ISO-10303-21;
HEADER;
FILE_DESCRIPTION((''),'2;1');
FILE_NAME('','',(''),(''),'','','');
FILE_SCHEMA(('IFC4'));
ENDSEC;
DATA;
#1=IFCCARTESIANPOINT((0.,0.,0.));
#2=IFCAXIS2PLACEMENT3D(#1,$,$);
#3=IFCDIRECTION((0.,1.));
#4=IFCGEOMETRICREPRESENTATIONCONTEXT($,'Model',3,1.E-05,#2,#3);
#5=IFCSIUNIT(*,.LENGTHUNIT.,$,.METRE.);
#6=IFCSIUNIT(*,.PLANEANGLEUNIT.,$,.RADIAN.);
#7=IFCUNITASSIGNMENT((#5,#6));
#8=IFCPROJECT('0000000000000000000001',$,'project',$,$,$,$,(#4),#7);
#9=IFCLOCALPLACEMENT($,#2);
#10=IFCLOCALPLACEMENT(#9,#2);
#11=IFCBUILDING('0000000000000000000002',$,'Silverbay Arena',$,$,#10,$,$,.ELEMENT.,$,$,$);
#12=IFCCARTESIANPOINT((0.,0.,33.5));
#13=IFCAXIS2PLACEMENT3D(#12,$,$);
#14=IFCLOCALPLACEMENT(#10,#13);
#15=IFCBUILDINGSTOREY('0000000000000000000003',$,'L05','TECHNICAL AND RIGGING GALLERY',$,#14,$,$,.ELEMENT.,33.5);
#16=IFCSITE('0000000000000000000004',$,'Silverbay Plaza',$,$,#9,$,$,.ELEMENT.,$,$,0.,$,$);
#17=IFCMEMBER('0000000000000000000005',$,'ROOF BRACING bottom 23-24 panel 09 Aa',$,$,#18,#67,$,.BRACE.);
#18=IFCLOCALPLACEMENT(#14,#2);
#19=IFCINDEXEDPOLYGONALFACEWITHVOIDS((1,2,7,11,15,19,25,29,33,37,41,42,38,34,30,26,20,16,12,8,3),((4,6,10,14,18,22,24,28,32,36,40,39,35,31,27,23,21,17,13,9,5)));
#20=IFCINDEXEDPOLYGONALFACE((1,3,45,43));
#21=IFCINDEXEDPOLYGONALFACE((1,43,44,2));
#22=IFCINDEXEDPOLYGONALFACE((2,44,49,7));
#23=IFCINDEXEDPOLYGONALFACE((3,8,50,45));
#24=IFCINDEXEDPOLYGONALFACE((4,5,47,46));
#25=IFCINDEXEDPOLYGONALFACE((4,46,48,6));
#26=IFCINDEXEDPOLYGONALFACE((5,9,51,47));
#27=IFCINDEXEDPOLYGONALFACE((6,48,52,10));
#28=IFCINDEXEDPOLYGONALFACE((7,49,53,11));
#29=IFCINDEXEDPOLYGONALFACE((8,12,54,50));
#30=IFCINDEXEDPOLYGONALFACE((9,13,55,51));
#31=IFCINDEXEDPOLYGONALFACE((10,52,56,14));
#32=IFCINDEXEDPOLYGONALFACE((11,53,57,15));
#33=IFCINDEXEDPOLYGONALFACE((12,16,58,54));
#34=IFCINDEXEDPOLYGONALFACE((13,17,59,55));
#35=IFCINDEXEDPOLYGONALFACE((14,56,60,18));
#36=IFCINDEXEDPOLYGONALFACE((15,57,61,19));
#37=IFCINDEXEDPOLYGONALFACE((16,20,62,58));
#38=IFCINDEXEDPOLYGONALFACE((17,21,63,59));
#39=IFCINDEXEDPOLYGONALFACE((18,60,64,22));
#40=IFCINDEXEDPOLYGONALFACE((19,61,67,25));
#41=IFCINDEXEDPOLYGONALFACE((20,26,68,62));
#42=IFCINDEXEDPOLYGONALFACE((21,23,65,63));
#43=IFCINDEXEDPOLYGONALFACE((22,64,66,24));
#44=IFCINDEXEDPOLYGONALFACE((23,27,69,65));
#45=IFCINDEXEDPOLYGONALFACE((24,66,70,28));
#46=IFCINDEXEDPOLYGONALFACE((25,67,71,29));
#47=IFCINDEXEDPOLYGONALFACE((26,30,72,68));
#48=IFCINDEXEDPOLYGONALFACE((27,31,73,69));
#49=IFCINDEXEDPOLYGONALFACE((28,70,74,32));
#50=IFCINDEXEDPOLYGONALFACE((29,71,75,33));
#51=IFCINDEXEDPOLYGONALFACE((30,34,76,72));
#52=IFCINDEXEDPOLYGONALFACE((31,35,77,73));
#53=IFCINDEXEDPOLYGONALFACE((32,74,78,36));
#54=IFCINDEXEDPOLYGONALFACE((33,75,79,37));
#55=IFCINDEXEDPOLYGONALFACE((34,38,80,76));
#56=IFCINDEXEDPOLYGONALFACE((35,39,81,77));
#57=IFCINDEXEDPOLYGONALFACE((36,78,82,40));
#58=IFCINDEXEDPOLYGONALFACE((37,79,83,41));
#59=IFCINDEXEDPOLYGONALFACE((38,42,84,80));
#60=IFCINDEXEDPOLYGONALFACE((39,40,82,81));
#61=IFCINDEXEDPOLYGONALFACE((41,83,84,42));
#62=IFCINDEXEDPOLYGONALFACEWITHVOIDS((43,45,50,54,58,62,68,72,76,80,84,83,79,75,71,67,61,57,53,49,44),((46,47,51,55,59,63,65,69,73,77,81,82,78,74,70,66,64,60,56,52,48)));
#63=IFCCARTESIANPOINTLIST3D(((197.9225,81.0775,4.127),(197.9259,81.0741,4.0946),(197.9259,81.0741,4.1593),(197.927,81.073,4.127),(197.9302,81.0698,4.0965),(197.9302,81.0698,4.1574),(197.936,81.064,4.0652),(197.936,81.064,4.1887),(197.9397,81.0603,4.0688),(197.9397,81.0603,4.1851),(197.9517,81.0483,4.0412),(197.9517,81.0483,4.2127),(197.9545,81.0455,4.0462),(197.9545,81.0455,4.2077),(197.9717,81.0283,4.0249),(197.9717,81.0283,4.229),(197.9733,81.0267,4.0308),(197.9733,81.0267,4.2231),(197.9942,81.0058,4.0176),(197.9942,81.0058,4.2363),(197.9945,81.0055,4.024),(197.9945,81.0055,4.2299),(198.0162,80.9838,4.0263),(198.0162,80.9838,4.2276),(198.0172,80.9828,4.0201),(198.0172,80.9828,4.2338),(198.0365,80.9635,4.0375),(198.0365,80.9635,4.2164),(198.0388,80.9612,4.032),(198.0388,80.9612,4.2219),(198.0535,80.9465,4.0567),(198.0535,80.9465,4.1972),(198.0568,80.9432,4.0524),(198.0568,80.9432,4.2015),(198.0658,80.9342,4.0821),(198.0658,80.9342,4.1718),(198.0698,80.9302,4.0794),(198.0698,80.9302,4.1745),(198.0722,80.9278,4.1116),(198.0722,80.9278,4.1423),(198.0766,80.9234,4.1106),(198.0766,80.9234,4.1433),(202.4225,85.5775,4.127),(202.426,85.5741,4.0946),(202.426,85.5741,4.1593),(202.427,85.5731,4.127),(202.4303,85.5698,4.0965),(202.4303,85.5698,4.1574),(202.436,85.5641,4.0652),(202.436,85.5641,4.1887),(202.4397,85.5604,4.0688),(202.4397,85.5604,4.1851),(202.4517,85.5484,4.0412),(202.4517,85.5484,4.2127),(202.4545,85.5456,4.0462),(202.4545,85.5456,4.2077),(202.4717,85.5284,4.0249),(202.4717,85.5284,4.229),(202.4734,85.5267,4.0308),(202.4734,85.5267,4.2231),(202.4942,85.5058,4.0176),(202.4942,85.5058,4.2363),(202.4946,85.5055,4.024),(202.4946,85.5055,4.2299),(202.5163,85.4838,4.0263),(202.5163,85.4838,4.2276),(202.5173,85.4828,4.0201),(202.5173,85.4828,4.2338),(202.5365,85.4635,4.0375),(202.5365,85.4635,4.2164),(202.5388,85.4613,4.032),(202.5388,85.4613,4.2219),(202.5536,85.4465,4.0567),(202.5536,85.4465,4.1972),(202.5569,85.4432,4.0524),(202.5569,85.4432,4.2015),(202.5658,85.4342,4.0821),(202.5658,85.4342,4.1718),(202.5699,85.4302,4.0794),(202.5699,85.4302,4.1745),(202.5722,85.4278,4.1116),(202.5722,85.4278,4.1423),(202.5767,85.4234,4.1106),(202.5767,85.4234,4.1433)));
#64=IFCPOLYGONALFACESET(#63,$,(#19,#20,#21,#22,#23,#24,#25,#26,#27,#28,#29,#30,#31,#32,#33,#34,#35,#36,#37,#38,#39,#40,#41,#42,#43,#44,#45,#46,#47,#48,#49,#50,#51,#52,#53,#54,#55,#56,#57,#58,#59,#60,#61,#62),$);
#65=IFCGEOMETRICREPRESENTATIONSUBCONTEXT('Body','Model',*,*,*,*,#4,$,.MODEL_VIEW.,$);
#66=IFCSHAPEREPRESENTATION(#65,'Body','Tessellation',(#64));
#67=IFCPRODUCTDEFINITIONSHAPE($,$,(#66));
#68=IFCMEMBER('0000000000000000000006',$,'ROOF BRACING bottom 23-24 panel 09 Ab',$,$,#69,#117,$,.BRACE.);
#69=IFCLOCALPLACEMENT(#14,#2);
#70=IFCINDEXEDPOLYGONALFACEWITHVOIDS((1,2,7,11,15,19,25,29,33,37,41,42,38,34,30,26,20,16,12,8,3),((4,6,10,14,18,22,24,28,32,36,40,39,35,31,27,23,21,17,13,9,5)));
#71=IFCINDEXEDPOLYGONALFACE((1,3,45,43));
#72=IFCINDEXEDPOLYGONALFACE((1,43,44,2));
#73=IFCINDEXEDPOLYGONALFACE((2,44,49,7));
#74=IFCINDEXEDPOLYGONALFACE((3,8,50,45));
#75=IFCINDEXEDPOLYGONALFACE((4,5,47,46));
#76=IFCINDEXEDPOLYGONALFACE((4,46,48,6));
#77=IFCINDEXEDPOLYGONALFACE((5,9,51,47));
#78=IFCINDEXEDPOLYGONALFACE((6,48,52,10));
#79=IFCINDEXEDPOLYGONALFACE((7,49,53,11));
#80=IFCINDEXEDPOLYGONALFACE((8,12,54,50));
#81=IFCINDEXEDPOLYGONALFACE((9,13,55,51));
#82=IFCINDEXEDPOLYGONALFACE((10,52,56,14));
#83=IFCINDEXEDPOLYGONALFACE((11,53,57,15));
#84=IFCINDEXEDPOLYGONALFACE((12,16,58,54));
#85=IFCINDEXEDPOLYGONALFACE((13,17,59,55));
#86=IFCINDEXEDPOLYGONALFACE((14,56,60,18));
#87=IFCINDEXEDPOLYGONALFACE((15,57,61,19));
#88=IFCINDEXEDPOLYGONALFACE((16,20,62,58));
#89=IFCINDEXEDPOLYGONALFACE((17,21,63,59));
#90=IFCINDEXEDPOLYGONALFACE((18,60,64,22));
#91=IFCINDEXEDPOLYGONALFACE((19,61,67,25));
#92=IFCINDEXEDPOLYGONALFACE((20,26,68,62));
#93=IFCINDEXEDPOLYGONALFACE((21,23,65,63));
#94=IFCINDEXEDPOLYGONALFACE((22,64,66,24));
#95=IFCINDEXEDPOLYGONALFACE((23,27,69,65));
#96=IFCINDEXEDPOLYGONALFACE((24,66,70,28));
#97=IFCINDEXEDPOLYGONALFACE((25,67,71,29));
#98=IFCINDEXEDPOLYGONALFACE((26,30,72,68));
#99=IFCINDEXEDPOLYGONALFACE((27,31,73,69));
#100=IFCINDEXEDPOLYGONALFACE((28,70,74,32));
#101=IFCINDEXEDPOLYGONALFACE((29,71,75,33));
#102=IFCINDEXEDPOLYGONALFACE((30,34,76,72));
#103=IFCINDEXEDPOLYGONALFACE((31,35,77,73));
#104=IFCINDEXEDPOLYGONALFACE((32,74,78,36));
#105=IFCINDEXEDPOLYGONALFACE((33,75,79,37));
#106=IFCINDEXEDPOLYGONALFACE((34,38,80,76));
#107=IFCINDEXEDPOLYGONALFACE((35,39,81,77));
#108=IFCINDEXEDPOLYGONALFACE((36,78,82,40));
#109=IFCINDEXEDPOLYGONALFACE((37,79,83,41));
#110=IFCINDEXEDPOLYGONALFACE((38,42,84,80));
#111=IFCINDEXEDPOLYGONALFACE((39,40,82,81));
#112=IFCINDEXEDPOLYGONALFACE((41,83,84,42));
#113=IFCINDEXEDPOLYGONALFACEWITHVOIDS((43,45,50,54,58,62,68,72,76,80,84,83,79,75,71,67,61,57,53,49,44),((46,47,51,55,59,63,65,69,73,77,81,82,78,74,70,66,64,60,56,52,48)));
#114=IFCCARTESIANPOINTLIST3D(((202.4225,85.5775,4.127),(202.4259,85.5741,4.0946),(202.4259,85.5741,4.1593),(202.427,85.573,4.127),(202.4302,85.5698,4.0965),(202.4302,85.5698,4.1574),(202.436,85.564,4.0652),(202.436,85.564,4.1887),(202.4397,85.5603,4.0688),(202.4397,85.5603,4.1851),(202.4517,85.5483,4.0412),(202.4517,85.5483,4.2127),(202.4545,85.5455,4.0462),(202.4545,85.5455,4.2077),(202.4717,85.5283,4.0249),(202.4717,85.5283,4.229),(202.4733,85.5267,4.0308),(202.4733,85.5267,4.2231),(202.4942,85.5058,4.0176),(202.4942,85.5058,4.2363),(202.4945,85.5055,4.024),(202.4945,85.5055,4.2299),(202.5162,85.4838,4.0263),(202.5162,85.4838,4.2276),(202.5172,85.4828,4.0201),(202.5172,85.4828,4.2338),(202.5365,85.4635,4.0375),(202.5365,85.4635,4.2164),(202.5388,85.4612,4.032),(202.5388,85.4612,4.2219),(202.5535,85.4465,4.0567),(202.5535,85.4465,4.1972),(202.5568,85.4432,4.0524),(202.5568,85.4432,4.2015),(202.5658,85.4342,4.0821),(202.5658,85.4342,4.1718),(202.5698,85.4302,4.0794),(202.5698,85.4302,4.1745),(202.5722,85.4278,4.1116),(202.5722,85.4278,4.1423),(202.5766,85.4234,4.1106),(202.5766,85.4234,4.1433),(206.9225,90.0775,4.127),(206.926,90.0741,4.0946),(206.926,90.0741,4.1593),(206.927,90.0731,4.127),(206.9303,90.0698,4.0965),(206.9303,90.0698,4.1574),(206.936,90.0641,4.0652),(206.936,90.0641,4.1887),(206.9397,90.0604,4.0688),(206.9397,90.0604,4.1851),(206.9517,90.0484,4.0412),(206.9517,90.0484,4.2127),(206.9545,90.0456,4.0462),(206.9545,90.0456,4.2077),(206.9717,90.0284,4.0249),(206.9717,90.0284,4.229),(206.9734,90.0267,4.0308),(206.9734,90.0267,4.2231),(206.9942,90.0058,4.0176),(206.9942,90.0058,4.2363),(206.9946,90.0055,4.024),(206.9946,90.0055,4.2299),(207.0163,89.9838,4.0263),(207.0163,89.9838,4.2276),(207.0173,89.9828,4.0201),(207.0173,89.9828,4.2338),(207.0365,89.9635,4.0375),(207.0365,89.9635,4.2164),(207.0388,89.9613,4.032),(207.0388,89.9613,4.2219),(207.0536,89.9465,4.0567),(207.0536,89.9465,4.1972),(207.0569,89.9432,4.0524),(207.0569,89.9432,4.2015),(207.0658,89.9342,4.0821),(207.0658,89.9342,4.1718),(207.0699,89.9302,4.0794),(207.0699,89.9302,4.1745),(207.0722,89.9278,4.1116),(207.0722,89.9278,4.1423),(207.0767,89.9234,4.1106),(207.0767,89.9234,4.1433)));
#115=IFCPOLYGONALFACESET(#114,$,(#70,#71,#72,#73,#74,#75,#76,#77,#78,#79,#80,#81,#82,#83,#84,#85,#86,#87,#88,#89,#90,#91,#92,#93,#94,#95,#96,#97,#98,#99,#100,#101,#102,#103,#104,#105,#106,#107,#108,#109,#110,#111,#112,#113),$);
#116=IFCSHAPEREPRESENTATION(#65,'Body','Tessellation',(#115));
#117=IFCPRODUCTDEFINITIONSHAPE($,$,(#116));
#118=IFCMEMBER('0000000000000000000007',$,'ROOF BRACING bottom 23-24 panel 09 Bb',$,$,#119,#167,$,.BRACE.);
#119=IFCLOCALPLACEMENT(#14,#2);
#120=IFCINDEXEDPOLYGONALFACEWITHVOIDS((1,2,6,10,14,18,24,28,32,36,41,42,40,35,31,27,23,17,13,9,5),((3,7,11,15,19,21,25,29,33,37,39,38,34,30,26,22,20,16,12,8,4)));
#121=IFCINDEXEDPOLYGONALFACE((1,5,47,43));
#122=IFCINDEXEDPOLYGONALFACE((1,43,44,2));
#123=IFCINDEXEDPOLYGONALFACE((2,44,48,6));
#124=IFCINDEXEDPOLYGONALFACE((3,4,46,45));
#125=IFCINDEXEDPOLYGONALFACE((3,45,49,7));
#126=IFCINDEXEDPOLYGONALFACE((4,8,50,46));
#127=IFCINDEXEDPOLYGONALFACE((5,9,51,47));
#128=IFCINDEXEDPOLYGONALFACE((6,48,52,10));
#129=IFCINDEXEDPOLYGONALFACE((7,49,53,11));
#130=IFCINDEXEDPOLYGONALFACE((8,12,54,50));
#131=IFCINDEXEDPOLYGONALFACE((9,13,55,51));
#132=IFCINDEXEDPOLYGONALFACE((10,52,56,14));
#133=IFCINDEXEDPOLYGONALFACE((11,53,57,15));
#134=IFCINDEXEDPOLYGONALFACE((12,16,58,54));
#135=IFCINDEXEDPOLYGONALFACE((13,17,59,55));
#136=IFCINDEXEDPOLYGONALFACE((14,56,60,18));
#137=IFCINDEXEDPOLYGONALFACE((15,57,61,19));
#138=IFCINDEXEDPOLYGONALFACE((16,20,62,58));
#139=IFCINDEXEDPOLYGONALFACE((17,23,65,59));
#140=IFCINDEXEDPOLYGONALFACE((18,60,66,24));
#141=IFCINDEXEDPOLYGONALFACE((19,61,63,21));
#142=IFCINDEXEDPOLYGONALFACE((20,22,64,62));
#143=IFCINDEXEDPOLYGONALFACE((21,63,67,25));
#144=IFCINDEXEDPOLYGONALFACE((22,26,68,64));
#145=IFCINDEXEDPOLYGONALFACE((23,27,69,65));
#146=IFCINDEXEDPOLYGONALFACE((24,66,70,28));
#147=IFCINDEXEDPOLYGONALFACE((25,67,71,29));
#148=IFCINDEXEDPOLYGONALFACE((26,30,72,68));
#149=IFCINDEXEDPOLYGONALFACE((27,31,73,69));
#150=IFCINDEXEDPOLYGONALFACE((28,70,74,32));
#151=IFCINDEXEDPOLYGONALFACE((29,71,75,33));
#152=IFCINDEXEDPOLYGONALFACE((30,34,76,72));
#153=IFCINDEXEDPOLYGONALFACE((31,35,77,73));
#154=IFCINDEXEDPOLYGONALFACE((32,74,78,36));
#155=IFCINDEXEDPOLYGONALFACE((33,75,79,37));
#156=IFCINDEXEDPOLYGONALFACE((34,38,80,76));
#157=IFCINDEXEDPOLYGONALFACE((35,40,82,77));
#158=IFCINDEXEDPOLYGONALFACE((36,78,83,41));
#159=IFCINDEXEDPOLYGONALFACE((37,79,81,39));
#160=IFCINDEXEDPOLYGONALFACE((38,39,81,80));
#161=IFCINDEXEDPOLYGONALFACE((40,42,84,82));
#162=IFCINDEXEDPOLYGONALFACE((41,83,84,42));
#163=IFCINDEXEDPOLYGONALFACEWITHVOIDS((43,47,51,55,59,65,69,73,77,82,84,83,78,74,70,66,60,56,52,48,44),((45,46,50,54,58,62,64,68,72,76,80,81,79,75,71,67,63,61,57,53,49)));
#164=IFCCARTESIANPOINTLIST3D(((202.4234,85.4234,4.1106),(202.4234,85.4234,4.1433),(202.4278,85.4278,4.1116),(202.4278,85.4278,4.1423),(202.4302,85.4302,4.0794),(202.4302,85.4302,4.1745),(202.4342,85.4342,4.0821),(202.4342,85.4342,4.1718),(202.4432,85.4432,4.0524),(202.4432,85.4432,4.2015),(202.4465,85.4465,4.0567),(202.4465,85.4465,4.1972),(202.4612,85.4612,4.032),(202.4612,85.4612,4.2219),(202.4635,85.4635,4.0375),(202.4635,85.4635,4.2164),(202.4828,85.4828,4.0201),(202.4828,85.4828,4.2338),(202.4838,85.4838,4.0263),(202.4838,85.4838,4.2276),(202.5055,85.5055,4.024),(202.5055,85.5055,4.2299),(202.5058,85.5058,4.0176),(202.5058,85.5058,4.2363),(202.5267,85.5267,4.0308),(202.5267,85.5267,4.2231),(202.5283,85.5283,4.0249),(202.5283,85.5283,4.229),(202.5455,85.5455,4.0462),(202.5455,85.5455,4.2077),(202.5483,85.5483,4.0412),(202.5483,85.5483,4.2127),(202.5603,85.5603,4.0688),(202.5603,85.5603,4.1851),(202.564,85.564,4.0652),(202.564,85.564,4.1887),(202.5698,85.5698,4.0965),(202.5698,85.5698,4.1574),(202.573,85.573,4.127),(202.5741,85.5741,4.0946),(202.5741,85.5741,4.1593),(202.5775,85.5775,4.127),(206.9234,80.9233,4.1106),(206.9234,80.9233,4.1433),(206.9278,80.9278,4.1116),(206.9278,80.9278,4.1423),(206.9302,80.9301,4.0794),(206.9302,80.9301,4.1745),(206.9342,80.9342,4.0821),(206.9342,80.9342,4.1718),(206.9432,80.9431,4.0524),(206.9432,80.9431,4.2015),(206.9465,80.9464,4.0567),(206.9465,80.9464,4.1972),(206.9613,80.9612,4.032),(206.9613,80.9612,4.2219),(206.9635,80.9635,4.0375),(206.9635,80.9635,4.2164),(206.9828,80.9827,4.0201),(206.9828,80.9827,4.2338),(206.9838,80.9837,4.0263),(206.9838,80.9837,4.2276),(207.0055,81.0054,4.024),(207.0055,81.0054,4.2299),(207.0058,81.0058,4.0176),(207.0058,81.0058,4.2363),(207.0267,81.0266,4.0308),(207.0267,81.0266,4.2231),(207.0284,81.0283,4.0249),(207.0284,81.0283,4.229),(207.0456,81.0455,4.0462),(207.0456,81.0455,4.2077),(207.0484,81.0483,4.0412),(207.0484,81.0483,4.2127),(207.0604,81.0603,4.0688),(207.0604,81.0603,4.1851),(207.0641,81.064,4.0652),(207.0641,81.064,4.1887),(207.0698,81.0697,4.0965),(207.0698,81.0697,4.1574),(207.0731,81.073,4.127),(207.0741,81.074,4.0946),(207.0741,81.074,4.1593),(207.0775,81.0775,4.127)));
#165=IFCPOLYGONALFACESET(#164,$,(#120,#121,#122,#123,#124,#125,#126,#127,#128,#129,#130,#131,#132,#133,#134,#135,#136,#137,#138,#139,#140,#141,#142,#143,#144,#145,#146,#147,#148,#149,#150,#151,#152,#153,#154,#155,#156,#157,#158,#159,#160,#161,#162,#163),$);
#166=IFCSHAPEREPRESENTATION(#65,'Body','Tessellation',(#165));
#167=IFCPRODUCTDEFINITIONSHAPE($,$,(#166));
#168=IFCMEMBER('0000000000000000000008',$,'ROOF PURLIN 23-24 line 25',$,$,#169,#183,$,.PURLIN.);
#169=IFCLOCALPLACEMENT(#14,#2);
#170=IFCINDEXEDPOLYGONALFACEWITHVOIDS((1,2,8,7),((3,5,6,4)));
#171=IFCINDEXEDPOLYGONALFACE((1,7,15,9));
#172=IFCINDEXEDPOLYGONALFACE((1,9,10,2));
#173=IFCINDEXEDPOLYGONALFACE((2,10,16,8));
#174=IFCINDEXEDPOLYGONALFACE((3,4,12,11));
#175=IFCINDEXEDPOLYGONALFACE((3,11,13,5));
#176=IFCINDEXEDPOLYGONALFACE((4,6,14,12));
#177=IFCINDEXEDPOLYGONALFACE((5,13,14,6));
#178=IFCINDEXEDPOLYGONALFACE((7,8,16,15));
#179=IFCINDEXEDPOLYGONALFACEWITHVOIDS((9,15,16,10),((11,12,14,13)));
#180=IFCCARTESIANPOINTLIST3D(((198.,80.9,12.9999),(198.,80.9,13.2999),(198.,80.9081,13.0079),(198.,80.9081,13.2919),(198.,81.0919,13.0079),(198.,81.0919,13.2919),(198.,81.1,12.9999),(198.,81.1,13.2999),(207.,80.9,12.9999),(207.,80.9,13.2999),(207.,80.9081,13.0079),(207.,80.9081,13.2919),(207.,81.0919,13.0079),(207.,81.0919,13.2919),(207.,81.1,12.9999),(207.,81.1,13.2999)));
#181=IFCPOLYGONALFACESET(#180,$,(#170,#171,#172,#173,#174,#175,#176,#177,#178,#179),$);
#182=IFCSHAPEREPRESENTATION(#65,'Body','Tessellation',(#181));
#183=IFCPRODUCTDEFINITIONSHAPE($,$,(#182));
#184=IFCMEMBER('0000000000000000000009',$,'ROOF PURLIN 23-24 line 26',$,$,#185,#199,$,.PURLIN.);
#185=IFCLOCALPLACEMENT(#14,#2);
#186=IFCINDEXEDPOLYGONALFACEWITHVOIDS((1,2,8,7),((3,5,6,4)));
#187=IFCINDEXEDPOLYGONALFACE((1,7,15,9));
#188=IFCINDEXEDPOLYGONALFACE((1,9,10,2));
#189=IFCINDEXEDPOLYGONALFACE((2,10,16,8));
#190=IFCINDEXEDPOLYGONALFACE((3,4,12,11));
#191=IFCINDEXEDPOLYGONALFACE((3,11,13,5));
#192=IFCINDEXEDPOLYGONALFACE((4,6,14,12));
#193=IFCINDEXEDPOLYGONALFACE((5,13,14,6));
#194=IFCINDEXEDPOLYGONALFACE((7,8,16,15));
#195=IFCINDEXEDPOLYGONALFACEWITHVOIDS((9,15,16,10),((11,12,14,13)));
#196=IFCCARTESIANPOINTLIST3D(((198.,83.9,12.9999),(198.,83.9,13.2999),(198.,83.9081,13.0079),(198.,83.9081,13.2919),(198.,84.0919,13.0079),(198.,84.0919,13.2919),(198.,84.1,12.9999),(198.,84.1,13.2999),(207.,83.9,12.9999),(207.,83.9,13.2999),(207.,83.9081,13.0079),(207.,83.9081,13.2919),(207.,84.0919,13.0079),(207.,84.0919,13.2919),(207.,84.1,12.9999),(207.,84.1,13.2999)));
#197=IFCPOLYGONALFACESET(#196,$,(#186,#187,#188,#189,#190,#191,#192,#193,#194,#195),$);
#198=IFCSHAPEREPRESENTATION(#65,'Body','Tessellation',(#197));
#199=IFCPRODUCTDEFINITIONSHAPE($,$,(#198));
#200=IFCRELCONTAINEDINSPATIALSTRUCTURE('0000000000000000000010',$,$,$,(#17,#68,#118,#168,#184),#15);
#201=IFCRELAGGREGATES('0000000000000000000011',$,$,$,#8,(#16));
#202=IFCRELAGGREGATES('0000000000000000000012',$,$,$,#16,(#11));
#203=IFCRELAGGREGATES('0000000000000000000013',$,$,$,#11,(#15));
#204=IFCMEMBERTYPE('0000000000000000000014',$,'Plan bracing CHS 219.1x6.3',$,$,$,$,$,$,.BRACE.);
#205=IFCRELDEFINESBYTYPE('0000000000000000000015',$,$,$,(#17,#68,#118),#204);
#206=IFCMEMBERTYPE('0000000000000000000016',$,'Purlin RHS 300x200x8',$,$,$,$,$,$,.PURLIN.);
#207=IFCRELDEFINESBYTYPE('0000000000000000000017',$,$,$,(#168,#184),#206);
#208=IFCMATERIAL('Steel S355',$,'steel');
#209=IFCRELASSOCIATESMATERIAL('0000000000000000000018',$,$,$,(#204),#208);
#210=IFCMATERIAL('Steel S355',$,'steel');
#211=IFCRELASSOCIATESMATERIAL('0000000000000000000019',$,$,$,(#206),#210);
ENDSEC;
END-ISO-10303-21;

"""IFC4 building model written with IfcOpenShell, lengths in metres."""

from ifc_helpers import new_model, si_unit, direction, frame, origin, origin_2d, place, context, subcontext, project, spatial, hollow_rectangle, hollow_circle, extrude, material, material_profile, profile_set, type_object, element, save


model = new_model("IFC4")

# Units and contexts
model_context = context("Model", 3, precision=1e-05, world=origin(), true_north=direction((0.0, 1.0)))
body_context = subcontext(model_context, "Body", "Model", "MODEL_VIEW")
ifc_project = project(units=[si_unit("LENGTHUNIT", "METRE"), si_unit("PLANEANGLEUNIT", "RADIAN")], contexts=[model_context])

# Site, building, storey
site_placement = place(None, origin())
site = spatial("IfcSite", under=ifc_project, at=site_placement, Name="Silverbay Plaza", CompositionType="ELEMENT", RefElevation=0.0)
building_placement = place(site_placement, origin())
building = spatial("IfcBuilding", under=site, at=building_placement, Name="Silverbay Arena", CompositionType="ELEMENT")
storey_placement = place(building_placement, frame((0.0, 0.0, 33.5)))
storey = spatial("IfcBuildingStorey", under=building, at=storey_placement, Name="L05", Description="TECHNICAL AND RIGGING GALLERY", CompositionType="ELEMENT", Elevation=33.5)

# Members
ifc_material_1 = material(Name="Steel S355", Category="steel")
ifc_material_profile_1 = material_profile(ifc_material_1, hollow_circle(Radius=0.1096, WallThickness=0.0063, at=origin_2d()), Name="CHS 219.1x6.3")
ifc_profile_set_1 = profile_set([ifc_material_profile_1], Name="Steel S355")
member_type_1 = type_object("IfcMemberType", Name="Plan bracing CHS 219.1x6.3", PredefinedType="BRACE", material=ifc_profile_set_1)
for number, where, z_axis, x_axis, name in (
    (1, (198.0, 81.0, 4.127), (0.707107, 0.707107, 0.0), (-0.707107, 0.707107, 0.0), "ROOF BRACING bottom 23-24 panel 09 Aa"),
    (2, (202.5, 85.5, 4.127), (0.707107, 0.707107, 0.0), (-0.707107, 0.707107, 0.0), "ROOF BRACING bottom 23-24 panel 09 Ab"),
    (3, (202.5, 85.5, 4.127), (0.707107, -0.707107, 0.0), (0.707107, 0.707107, 0.0), "ROOF BRACING bottom 23-24 panel 09 Bb"),
):
    element("IfcMember", number, at=place(storey_placement, frame(where, z_axis=z_axis, x_axis=x_axis)), inside=storey, type_object=member_type_1, Name=name, PredefinedType="BRACE", context=body_context, shape_type="SweptSolid", body=[
        extrude(hollow_circle(Radius=0.1096, WallThickness=0.0063, at=origin_2d()), origin(), (0.0, 0.0, 1.0), 6.364),
    ])
ifc_material_2 = material(Name="Steel S355", Category="steel")
ifc_material_profile_2 = material_profile(ifc_material_2, hollow_rectangle(XDim=0.2, YDim=0.3, WallThickness=0.0081, at=origin_2d()), Name="RHS 300x200x8")
ifc_profile_set_2 = profile_set([ifc_material_profile_2], Name="Steel S355")
member_type_2 = type_object("IfcMemberType", Name="Purlin RHS 300x200x8", PredefinedType="PURLIN", material=ifc_profile_set_2)
for number, where, z_axis, x_axis, name in (
    (4, (198.0, 81.0, 13.1499), (1.0, 0.0, 0.0), (0.0, 1.0, 0.0), "ROOF PURLIN 23-24 line 25"),
    (5, (198.0, 84.0, 13.1499), (1.0, 0.0, 0.0), (0.0, 1.0, 0.0), "ROOF PURLIN 23-24 line 26"),
):
    element("IfcMember", number, at=place(storey_placement, frame(where, z_axis=z_axis, x_axis=x_axis)), inside=storey, type_object=member_type_2, Name=name, PredefinedType="PURLIN", context=body_context, shape_type="SweptSolid", body=[
        extrude(hollow_rectangle(XDim=0.2, YDim=0.3, WallThickness=0.0081, at=origin_2d()), origin(), (0.0, 0.0, 1.0), 9.0),
    ])

save(model, "model.ifc")
